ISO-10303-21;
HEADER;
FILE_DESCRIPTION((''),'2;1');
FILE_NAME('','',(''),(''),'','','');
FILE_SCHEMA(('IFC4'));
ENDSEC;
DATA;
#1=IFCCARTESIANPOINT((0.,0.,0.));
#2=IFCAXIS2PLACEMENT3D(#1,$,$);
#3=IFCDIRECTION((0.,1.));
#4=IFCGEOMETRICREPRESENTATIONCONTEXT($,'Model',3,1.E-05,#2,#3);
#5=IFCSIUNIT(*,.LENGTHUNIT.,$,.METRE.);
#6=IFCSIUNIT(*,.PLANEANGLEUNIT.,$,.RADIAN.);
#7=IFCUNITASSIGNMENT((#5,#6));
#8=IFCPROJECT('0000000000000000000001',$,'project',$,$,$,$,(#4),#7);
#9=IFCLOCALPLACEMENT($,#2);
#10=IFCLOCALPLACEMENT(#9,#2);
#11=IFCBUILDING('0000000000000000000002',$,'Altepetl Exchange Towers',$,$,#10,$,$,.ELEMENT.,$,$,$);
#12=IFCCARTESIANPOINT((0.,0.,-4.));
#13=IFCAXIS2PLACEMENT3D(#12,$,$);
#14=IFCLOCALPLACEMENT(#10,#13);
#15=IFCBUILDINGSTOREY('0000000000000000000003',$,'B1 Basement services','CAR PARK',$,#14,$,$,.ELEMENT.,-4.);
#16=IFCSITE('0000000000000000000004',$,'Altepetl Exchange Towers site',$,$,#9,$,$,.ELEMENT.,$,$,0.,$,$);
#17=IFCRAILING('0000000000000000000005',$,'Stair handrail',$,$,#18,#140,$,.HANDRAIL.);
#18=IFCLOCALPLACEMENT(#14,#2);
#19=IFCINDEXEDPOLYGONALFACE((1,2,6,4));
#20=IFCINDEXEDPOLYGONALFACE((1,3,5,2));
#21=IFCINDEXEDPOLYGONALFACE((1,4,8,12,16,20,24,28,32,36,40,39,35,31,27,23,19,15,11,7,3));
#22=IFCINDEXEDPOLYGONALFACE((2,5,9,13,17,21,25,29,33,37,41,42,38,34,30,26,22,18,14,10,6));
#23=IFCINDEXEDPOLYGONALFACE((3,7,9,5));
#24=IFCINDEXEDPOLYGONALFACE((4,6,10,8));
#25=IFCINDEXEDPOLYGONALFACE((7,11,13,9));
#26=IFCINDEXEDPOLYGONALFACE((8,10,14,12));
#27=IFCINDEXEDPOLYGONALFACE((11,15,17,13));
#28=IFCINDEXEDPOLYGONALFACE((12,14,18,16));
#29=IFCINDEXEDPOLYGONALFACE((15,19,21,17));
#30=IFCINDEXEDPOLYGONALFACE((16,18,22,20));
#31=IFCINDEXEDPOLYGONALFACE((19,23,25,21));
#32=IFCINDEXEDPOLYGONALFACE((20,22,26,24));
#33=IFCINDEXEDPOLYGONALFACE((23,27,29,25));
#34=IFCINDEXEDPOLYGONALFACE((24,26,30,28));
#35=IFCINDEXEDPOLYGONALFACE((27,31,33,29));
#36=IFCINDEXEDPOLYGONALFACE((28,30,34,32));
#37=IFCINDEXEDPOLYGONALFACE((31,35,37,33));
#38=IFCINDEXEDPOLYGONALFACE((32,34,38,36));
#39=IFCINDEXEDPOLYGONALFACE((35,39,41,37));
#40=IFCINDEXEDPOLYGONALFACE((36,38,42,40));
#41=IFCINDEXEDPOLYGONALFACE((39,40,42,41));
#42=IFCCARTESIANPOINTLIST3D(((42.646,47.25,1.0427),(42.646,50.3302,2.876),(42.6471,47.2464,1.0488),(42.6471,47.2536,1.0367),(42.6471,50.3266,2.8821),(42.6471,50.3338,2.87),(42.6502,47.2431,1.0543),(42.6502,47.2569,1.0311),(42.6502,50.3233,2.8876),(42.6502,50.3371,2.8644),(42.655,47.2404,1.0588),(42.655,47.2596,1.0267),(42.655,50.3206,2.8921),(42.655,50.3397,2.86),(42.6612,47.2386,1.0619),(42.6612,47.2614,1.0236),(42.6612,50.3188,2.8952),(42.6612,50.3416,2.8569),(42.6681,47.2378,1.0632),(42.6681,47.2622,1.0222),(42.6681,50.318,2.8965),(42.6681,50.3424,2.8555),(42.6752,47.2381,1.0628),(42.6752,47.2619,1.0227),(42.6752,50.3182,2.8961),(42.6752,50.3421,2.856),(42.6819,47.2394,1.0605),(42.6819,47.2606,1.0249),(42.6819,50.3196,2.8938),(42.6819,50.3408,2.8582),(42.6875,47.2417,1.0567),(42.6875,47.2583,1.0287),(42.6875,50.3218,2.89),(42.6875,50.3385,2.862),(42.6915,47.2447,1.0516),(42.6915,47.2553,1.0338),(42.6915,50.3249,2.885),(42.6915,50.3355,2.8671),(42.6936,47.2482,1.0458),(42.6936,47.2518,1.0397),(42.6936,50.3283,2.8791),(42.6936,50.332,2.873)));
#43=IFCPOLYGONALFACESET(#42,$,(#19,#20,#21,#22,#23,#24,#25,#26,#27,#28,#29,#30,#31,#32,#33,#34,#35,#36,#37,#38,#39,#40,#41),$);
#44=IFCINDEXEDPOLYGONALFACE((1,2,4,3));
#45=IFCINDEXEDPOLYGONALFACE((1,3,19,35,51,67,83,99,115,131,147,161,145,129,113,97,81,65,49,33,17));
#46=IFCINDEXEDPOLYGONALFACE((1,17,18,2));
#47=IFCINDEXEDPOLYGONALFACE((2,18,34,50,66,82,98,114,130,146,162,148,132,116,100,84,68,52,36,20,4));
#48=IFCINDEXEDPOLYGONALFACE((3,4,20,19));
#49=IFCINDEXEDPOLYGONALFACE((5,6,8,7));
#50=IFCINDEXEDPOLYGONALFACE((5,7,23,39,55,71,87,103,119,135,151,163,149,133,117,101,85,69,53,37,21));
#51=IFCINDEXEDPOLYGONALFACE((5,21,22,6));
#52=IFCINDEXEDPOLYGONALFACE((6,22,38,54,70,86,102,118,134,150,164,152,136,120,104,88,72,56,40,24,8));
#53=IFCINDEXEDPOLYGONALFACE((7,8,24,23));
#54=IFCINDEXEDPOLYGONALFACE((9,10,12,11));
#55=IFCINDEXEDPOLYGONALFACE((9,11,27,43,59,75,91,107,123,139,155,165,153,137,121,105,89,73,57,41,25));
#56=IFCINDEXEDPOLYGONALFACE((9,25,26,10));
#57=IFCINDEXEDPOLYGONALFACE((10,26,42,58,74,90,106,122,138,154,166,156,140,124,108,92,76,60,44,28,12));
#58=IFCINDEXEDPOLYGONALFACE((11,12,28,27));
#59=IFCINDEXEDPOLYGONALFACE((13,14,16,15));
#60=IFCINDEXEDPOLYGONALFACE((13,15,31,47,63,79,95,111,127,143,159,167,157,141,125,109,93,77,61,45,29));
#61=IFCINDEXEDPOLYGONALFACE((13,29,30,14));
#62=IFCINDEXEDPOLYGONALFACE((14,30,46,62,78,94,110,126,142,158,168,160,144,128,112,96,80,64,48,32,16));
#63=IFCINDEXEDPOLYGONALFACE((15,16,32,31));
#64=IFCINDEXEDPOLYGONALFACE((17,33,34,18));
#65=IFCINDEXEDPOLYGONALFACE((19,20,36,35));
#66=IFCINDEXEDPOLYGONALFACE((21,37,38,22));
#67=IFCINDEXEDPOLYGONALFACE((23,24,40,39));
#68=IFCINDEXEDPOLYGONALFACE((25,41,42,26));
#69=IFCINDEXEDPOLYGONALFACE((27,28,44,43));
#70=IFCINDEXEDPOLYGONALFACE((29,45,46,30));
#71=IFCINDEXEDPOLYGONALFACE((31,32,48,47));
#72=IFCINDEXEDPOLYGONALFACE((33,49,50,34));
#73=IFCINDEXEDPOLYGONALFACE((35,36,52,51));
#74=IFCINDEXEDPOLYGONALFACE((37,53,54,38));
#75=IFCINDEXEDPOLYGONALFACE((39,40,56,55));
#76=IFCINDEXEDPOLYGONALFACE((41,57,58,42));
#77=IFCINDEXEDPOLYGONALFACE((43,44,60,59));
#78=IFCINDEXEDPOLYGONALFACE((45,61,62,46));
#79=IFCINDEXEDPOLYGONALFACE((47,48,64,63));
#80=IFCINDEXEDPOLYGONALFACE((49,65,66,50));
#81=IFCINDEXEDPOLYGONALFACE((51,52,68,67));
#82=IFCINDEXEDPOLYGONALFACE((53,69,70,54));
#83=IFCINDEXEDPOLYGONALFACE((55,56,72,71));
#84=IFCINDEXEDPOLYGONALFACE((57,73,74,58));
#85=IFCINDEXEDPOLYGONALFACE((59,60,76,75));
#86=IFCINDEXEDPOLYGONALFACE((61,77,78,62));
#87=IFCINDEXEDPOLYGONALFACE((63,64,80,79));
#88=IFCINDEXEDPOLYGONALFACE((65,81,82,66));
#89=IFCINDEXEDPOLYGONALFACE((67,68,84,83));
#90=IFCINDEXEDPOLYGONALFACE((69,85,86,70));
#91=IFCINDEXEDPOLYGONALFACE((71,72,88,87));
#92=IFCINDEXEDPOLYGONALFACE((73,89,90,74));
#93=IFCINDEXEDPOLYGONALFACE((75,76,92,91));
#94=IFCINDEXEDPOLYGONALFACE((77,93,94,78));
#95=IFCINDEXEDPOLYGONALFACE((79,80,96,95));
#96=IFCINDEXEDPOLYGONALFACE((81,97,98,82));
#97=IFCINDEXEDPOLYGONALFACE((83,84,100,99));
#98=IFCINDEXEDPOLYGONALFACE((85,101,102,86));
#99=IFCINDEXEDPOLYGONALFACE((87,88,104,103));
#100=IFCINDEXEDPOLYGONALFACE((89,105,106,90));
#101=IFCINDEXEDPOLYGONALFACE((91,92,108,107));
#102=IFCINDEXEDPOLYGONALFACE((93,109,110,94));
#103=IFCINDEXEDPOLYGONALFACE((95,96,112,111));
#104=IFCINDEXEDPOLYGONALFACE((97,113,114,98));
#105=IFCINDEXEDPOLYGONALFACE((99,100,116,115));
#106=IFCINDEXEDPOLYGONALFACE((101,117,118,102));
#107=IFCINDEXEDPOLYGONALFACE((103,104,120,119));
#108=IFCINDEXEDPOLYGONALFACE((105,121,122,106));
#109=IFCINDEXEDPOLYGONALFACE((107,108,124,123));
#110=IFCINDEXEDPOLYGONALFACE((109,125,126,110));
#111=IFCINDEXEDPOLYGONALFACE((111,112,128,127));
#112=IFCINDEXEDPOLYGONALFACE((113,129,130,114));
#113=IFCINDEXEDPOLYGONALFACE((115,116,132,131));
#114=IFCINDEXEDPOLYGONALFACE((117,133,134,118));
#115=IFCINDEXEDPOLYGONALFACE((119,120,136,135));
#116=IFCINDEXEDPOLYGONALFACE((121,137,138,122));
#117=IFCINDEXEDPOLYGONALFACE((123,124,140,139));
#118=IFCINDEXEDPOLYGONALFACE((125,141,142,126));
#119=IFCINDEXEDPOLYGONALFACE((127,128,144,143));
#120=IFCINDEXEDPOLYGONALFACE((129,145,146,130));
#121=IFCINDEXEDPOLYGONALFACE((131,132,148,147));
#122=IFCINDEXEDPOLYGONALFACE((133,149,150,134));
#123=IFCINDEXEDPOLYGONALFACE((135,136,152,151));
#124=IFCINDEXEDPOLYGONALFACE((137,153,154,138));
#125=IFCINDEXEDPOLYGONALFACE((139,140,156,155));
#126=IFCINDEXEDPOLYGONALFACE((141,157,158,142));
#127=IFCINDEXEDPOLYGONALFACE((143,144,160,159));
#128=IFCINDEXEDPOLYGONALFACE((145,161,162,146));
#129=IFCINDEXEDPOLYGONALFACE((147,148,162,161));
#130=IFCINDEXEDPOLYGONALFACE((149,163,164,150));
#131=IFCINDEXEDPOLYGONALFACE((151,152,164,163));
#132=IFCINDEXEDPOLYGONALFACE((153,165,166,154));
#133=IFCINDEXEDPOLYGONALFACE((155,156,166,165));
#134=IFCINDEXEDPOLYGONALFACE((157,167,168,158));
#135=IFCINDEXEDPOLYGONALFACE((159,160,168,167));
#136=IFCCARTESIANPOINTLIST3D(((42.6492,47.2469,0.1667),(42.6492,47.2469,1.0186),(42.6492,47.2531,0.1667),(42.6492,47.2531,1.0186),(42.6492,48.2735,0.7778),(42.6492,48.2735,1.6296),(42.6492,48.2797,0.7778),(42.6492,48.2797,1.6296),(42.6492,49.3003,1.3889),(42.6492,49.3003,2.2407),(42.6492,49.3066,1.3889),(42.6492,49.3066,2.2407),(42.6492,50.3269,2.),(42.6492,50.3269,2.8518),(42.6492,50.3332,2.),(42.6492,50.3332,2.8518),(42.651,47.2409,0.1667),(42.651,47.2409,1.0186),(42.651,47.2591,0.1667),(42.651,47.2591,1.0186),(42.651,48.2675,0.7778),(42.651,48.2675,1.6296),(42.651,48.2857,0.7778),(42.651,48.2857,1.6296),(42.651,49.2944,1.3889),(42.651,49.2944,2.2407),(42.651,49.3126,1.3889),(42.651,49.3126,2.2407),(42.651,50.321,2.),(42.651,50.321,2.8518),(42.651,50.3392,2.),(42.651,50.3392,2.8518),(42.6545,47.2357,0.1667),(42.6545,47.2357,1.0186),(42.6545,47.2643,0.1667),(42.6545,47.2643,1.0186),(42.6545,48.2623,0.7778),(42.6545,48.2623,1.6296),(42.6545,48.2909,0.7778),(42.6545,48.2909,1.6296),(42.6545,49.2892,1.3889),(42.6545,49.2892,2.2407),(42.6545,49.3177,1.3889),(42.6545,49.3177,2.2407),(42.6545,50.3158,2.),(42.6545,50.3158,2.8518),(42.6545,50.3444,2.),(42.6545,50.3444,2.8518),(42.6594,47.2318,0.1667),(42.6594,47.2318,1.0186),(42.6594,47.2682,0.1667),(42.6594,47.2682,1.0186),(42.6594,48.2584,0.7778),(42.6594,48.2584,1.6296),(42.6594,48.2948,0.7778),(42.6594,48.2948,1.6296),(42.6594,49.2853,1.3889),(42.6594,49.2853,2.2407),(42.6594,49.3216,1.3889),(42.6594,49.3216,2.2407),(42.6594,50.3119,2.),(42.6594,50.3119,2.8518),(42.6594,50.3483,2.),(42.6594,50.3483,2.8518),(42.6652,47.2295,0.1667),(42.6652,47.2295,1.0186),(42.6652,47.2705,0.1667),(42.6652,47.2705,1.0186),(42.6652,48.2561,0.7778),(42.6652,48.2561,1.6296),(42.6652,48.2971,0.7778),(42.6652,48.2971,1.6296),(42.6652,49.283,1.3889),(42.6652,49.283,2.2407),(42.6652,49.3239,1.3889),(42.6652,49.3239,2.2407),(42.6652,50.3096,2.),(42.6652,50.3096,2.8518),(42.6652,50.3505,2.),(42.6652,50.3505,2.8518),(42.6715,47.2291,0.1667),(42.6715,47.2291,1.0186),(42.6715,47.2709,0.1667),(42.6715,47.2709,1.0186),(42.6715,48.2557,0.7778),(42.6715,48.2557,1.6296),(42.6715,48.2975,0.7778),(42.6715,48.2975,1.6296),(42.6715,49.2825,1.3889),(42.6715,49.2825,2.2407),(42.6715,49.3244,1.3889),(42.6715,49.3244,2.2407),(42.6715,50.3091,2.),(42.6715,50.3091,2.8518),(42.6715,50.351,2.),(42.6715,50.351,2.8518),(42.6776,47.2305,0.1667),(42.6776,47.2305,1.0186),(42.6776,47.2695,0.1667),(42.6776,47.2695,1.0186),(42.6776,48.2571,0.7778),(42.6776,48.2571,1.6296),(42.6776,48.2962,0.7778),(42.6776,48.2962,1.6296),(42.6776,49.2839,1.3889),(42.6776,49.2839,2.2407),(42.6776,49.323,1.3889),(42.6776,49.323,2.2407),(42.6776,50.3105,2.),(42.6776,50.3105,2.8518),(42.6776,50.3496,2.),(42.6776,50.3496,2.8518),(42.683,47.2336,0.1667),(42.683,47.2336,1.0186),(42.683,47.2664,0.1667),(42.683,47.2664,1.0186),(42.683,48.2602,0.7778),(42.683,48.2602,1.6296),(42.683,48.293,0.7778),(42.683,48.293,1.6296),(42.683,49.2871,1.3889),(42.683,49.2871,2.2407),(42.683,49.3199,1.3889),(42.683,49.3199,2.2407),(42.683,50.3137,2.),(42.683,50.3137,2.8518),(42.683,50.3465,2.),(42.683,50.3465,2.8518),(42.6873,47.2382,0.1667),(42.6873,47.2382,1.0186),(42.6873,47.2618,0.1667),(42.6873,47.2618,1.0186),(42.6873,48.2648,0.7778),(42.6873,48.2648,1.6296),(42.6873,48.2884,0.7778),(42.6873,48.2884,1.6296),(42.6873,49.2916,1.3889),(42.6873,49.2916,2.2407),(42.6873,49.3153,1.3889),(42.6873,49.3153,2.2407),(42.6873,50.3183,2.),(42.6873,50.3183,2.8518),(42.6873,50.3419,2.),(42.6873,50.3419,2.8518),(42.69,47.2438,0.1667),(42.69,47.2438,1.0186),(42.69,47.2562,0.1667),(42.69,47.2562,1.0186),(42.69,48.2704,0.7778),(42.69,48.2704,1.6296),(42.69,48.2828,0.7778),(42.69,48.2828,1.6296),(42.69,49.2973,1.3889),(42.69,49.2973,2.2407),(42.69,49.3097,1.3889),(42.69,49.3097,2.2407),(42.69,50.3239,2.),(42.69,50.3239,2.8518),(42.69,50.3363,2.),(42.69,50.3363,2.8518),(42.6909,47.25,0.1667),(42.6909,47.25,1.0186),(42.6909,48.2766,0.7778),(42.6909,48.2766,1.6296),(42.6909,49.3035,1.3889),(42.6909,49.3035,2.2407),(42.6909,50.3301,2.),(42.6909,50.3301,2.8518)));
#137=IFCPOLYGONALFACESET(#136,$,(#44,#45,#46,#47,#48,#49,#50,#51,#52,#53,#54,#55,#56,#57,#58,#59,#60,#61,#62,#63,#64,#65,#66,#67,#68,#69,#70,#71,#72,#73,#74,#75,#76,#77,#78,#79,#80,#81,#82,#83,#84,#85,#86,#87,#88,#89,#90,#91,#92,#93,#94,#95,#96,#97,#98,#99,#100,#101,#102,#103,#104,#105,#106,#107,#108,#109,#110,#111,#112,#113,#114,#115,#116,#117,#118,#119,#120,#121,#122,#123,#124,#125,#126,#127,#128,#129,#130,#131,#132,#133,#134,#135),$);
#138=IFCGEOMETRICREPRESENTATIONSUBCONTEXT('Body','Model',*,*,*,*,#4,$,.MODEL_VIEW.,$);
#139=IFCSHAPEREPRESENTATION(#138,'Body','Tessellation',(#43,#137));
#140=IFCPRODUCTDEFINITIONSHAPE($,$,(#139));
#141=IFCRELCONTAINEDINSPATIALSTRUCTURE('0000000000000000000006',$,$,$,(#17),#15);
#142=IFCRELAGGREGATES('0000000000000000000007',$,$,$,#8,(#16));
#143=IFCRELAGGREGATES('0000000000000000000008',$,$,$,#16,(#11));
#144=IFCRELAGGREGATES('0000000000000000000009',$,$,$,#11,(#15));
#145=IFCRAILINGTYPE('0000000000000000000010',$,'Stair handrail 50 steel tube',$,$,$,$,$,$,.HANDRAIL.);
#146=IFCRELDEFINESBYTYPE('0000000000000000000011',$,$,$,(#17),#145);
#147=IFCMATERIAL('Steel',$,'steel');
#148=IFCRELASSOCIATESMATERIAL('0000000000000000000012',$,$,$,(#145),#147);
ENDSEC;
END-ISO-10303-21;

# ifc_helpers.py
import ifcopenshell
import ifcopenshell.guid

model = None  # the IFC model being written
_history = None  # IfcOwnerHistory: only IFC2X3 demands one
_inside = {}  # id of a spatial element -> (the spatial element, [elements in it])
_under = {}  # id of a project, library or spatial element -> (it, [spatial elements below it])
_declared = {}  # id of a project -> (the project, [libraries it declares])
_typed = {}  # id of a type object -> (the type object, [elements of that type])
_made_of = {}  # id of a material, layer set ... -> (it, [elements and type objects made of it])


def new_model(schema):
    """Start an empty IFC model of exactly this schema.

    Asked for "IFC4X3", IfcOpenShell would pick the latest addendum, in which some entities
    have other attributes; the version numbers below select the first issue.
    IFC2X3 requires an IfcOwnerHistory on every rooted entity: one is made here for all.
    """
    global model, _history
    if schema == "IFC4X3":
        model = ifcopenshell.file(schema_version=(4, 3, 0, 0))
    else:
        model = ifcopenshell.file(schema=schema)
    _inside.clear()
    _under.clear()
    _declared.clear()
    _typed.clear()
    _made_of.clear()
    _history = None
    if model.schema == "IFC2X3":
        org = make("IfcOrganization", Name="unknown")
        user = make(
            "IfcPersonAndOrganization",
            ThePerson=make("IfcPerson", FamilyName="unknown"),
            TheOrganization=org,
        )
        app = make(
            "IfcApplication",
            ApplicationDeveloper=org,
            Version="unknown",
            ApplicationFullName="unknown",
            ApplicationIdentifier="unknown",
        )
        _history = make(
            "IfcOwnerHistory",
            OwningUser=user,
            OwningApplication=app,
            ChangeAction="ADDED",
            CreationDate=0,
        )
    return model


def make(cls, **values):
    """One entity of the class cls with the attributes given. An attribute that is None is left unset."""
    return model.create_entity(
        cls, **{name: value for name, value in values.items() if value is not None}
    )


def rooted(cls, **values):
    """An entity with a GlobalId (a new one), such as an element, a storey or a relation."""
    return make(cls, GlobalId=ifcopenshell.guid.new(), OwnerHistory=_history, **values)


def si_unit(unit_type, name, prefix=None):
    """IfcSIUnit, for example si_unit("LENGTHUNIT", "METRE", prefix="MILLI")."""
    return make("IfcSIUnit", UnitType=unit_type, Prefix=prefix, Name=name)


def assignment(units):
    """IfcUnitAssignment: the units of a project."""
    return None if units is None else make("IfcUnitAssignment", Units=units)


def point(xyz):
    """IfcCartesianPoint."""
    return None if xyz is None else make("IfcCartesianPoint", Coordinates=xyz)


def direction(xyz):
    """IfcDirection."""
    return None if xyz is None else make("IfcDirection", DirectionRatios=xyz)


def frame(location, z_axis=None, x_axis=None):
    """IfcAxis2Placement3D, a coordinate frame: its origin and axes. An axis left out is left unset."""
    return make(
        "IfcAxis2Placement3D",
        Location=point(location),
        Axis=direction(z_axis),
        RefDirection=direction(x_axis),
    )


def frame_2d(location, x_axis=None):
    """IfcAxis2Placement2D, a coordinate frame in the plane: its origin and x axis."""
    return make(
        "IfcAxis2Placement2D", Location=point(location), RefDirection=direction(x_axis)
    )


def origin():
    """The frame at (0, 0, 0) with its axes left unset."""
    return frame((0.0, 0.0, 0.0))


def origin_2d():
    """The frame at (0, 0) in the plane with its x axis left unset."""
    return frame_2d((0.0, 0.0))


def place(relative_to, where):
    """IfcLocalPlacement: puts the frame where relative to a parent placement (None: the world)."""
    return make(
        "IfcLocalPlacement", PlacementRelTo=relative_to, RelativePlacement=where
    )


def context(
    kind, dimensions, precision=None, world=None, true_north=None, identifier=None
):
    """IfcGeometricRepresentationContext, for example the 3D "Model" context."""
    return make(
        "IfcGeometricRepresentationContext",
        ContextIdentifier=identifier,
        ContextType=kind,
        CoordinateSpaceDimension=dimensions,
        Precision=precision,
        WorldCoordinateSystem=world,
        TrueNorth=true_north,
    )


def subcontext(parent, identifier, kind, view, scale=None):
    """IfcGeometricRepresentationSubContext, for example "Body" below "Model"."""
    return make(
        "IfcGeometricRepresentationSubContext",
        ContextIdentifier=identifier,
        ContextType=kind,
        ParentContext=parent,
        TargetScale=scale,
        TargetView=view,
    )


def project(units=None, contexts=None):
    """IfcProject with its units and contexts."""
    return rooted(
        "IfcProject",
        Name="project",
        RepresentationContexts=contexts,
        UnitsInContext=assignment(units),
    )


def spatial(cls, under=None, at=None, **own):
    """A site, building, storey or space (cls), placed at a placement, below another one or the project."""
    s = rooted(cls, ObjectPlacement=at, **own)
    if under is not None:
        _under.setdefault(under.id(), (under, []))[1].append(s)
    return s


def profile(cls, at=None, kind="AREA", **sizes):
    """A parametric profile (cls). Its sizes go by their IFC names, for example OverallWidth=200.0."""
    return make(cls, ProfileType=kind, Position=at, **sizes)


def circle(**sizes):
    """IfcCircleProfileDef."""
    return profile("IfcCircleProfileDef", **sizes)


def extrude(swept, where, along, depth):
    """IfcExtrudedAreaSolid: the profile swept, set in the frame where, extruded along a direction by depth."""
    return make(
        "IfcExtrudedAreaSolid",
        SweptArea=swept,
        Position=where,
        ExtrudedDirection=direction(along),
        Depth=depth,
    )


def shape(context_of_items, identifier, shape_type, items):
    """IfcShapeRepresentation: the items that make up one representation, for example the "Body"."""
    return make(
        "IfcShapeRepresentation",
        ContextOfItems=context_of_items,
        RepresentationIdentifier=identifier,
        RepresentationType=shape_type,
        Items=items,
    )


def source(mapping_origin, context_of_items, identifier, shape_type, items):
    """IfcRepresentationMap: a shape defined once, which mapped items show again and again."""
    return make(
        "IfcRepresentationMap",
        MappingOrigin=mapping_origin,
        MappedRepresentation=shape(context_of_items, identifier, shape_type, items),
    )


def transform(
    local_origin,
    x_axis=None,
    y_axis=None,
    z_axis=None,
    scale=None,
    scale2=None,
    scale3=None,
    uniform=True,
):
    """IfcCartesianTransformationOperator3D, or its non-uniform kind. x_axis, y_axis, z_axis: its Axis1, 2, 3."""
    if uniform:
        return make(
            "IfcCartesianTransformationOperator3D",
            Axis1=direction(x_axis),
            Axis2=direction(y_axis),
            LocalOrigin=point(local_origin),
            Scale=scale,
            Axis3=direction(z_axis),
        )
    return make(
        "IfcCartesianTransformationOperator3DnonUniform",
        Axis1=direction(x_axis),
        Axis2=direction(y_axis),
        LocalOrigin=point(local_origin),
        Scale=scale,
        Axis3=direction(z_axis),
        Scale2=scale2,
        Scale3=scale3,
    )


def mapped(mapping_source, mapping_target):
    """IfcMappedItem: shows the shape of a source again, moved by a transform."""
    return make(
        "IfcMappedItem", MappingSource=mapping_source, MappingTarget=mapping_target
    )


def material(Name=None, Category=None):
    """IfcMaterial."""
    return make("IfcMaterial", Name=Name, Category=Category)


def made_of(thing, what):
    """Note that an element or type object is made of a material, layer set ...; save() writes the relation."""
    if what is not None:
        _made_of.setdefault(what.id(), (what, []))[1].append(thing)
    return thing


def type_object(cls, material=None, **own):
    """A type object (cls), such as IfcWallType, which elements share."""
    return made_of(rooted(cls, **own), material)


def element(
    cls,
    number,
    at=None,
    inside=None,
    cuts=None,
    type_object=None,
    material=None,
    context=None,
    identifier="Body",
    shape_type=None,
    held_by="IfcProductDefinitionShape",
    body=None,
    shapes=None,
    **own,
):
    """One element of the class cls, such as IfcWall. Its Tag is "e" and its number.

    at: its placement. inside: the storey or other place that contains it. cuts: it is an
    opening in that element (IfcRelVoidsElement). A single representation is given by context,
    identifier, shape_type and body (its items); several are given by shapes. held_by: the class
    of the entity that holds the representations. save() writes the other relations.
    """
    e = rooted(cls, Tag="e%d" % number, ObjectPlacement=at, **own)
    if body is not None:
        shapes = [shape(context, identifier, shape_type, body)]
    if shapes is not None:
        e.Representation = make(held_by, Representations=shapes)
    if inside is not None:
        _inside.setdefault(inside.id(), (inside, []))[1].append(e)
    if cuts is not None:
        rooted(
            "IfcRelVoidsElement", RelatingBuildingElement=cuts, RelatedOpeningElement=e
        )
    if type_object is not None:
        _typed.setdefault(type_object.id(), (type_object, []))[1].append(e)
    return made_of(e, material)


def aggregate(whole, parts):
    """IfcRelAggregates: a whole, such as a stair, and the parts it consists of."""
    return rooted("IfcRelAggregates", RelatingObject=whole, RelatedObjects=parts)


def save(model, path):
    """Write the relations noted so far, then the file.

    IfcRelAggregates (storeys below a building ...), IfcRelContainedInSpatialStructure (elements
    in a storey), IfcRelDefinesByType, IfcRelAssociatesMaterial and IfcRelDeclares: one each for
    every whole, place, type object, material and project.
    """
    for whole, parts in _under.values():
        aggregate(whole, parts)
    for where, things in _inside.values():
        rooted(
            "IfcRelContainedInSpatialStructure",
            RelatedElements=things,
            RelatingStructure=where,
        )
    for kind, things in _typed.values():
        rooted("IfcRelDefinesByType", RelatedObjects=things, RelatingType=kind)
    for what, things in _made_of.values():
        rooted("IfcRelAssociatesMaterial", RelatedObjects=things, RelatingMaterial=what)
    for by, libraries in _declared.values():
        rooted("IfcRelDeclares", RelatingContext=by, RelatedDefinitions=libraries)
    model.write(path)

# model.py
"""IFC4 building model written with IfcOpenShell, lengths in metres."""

from ifc_helpers import new_model, si_unit, direction, frame, origin, origin_2d, place, context, subcontext, project, spatial, circle, extrude, source, transform, mapped, material, type_object, element, save


model = new_model("IFC4")

# Units and contexts
model_context = context("Model", 3, precision=1e-05, world=origin(), true_north=direction((0.0, 1.0)))
body_context = subcontext(model_context, "Body", "Model", "MODEL_VIEW")
ifc_project = project(units=[si_unit("LENGTHUNIT", "METRE"), si_unit("PLANEANGLEUNIT", "RADIAN")], contexts=[model_context])

# Site, building, storey
site_placement = place(None, origin())
site = spatial("IfcSite", under=ifc_project, at=site_placement, Name="Altepetl Exchange Towers site", CompositionType="ELEMENT", RefElevation=0.0)
building_placement = place(site_placement, origin())
building = spatial("IfcBuilding", under=site, at=building_placement, Name="Altepetl Exchange Towers", CompositionType="ELEMENT")
storey_placement = place(building_placement, frame((0.0, 0.0, -4.0)))
storey = spatial("IfcBuildingStorey", under=building, at=storey_placement, Name="B1 Basement services", Description="CAR PARK", CompositionType="ELEMENT", Elevation=-4.0)

# Railing
ifc_material_1 = material(Name="Steel", Category="steel")
railing_type = type_object("IfcRailingType", Name="Stair handrail 50 steel tube", PredefinedType="HANDRAIL", material=ifc_material_1)
shared_shape = source(origin(), body_context, "Body", "SweptSolid", [
    extrude(circle(Radius=0.021, at=origin_2d()), origin(), (0.0, 0.0, 1.0), 0.8518),
])
railing_1_placement = place(storey_placement, frame((42.6699, 47.25, 0.1667)))
element("IfcRailing", 1, at=railing_1_placement, inside=storey, type_object=railing_type, Name="Stair handrail", PredefinedType="HANDRAIL", context=body_context, shape_type="SweptSolid", body=[
    extrude(circle(Radius=0.0239, at=origin_2d()), frame((0.0, 0.0, 0.876), z_axis=(0.0, 0.859309, 0.511458), x_axis=(-1.0, 0.0, 0.0)), (0.0, 0.0, 1.0), 3.5845),
    mapped(shared_shape, transform((0.0, 0.0, 0.0))),
    mapped(shared_shape, transform((0.0, 1.0266, 0.6111))),
    mapped(shared_shape, transform((0.0, 2.0535, 1.2222))),
    mapped(shared_shape, transform((0.0, 3.0801, 1.8333))),
])

save(model, "model.ifc")
